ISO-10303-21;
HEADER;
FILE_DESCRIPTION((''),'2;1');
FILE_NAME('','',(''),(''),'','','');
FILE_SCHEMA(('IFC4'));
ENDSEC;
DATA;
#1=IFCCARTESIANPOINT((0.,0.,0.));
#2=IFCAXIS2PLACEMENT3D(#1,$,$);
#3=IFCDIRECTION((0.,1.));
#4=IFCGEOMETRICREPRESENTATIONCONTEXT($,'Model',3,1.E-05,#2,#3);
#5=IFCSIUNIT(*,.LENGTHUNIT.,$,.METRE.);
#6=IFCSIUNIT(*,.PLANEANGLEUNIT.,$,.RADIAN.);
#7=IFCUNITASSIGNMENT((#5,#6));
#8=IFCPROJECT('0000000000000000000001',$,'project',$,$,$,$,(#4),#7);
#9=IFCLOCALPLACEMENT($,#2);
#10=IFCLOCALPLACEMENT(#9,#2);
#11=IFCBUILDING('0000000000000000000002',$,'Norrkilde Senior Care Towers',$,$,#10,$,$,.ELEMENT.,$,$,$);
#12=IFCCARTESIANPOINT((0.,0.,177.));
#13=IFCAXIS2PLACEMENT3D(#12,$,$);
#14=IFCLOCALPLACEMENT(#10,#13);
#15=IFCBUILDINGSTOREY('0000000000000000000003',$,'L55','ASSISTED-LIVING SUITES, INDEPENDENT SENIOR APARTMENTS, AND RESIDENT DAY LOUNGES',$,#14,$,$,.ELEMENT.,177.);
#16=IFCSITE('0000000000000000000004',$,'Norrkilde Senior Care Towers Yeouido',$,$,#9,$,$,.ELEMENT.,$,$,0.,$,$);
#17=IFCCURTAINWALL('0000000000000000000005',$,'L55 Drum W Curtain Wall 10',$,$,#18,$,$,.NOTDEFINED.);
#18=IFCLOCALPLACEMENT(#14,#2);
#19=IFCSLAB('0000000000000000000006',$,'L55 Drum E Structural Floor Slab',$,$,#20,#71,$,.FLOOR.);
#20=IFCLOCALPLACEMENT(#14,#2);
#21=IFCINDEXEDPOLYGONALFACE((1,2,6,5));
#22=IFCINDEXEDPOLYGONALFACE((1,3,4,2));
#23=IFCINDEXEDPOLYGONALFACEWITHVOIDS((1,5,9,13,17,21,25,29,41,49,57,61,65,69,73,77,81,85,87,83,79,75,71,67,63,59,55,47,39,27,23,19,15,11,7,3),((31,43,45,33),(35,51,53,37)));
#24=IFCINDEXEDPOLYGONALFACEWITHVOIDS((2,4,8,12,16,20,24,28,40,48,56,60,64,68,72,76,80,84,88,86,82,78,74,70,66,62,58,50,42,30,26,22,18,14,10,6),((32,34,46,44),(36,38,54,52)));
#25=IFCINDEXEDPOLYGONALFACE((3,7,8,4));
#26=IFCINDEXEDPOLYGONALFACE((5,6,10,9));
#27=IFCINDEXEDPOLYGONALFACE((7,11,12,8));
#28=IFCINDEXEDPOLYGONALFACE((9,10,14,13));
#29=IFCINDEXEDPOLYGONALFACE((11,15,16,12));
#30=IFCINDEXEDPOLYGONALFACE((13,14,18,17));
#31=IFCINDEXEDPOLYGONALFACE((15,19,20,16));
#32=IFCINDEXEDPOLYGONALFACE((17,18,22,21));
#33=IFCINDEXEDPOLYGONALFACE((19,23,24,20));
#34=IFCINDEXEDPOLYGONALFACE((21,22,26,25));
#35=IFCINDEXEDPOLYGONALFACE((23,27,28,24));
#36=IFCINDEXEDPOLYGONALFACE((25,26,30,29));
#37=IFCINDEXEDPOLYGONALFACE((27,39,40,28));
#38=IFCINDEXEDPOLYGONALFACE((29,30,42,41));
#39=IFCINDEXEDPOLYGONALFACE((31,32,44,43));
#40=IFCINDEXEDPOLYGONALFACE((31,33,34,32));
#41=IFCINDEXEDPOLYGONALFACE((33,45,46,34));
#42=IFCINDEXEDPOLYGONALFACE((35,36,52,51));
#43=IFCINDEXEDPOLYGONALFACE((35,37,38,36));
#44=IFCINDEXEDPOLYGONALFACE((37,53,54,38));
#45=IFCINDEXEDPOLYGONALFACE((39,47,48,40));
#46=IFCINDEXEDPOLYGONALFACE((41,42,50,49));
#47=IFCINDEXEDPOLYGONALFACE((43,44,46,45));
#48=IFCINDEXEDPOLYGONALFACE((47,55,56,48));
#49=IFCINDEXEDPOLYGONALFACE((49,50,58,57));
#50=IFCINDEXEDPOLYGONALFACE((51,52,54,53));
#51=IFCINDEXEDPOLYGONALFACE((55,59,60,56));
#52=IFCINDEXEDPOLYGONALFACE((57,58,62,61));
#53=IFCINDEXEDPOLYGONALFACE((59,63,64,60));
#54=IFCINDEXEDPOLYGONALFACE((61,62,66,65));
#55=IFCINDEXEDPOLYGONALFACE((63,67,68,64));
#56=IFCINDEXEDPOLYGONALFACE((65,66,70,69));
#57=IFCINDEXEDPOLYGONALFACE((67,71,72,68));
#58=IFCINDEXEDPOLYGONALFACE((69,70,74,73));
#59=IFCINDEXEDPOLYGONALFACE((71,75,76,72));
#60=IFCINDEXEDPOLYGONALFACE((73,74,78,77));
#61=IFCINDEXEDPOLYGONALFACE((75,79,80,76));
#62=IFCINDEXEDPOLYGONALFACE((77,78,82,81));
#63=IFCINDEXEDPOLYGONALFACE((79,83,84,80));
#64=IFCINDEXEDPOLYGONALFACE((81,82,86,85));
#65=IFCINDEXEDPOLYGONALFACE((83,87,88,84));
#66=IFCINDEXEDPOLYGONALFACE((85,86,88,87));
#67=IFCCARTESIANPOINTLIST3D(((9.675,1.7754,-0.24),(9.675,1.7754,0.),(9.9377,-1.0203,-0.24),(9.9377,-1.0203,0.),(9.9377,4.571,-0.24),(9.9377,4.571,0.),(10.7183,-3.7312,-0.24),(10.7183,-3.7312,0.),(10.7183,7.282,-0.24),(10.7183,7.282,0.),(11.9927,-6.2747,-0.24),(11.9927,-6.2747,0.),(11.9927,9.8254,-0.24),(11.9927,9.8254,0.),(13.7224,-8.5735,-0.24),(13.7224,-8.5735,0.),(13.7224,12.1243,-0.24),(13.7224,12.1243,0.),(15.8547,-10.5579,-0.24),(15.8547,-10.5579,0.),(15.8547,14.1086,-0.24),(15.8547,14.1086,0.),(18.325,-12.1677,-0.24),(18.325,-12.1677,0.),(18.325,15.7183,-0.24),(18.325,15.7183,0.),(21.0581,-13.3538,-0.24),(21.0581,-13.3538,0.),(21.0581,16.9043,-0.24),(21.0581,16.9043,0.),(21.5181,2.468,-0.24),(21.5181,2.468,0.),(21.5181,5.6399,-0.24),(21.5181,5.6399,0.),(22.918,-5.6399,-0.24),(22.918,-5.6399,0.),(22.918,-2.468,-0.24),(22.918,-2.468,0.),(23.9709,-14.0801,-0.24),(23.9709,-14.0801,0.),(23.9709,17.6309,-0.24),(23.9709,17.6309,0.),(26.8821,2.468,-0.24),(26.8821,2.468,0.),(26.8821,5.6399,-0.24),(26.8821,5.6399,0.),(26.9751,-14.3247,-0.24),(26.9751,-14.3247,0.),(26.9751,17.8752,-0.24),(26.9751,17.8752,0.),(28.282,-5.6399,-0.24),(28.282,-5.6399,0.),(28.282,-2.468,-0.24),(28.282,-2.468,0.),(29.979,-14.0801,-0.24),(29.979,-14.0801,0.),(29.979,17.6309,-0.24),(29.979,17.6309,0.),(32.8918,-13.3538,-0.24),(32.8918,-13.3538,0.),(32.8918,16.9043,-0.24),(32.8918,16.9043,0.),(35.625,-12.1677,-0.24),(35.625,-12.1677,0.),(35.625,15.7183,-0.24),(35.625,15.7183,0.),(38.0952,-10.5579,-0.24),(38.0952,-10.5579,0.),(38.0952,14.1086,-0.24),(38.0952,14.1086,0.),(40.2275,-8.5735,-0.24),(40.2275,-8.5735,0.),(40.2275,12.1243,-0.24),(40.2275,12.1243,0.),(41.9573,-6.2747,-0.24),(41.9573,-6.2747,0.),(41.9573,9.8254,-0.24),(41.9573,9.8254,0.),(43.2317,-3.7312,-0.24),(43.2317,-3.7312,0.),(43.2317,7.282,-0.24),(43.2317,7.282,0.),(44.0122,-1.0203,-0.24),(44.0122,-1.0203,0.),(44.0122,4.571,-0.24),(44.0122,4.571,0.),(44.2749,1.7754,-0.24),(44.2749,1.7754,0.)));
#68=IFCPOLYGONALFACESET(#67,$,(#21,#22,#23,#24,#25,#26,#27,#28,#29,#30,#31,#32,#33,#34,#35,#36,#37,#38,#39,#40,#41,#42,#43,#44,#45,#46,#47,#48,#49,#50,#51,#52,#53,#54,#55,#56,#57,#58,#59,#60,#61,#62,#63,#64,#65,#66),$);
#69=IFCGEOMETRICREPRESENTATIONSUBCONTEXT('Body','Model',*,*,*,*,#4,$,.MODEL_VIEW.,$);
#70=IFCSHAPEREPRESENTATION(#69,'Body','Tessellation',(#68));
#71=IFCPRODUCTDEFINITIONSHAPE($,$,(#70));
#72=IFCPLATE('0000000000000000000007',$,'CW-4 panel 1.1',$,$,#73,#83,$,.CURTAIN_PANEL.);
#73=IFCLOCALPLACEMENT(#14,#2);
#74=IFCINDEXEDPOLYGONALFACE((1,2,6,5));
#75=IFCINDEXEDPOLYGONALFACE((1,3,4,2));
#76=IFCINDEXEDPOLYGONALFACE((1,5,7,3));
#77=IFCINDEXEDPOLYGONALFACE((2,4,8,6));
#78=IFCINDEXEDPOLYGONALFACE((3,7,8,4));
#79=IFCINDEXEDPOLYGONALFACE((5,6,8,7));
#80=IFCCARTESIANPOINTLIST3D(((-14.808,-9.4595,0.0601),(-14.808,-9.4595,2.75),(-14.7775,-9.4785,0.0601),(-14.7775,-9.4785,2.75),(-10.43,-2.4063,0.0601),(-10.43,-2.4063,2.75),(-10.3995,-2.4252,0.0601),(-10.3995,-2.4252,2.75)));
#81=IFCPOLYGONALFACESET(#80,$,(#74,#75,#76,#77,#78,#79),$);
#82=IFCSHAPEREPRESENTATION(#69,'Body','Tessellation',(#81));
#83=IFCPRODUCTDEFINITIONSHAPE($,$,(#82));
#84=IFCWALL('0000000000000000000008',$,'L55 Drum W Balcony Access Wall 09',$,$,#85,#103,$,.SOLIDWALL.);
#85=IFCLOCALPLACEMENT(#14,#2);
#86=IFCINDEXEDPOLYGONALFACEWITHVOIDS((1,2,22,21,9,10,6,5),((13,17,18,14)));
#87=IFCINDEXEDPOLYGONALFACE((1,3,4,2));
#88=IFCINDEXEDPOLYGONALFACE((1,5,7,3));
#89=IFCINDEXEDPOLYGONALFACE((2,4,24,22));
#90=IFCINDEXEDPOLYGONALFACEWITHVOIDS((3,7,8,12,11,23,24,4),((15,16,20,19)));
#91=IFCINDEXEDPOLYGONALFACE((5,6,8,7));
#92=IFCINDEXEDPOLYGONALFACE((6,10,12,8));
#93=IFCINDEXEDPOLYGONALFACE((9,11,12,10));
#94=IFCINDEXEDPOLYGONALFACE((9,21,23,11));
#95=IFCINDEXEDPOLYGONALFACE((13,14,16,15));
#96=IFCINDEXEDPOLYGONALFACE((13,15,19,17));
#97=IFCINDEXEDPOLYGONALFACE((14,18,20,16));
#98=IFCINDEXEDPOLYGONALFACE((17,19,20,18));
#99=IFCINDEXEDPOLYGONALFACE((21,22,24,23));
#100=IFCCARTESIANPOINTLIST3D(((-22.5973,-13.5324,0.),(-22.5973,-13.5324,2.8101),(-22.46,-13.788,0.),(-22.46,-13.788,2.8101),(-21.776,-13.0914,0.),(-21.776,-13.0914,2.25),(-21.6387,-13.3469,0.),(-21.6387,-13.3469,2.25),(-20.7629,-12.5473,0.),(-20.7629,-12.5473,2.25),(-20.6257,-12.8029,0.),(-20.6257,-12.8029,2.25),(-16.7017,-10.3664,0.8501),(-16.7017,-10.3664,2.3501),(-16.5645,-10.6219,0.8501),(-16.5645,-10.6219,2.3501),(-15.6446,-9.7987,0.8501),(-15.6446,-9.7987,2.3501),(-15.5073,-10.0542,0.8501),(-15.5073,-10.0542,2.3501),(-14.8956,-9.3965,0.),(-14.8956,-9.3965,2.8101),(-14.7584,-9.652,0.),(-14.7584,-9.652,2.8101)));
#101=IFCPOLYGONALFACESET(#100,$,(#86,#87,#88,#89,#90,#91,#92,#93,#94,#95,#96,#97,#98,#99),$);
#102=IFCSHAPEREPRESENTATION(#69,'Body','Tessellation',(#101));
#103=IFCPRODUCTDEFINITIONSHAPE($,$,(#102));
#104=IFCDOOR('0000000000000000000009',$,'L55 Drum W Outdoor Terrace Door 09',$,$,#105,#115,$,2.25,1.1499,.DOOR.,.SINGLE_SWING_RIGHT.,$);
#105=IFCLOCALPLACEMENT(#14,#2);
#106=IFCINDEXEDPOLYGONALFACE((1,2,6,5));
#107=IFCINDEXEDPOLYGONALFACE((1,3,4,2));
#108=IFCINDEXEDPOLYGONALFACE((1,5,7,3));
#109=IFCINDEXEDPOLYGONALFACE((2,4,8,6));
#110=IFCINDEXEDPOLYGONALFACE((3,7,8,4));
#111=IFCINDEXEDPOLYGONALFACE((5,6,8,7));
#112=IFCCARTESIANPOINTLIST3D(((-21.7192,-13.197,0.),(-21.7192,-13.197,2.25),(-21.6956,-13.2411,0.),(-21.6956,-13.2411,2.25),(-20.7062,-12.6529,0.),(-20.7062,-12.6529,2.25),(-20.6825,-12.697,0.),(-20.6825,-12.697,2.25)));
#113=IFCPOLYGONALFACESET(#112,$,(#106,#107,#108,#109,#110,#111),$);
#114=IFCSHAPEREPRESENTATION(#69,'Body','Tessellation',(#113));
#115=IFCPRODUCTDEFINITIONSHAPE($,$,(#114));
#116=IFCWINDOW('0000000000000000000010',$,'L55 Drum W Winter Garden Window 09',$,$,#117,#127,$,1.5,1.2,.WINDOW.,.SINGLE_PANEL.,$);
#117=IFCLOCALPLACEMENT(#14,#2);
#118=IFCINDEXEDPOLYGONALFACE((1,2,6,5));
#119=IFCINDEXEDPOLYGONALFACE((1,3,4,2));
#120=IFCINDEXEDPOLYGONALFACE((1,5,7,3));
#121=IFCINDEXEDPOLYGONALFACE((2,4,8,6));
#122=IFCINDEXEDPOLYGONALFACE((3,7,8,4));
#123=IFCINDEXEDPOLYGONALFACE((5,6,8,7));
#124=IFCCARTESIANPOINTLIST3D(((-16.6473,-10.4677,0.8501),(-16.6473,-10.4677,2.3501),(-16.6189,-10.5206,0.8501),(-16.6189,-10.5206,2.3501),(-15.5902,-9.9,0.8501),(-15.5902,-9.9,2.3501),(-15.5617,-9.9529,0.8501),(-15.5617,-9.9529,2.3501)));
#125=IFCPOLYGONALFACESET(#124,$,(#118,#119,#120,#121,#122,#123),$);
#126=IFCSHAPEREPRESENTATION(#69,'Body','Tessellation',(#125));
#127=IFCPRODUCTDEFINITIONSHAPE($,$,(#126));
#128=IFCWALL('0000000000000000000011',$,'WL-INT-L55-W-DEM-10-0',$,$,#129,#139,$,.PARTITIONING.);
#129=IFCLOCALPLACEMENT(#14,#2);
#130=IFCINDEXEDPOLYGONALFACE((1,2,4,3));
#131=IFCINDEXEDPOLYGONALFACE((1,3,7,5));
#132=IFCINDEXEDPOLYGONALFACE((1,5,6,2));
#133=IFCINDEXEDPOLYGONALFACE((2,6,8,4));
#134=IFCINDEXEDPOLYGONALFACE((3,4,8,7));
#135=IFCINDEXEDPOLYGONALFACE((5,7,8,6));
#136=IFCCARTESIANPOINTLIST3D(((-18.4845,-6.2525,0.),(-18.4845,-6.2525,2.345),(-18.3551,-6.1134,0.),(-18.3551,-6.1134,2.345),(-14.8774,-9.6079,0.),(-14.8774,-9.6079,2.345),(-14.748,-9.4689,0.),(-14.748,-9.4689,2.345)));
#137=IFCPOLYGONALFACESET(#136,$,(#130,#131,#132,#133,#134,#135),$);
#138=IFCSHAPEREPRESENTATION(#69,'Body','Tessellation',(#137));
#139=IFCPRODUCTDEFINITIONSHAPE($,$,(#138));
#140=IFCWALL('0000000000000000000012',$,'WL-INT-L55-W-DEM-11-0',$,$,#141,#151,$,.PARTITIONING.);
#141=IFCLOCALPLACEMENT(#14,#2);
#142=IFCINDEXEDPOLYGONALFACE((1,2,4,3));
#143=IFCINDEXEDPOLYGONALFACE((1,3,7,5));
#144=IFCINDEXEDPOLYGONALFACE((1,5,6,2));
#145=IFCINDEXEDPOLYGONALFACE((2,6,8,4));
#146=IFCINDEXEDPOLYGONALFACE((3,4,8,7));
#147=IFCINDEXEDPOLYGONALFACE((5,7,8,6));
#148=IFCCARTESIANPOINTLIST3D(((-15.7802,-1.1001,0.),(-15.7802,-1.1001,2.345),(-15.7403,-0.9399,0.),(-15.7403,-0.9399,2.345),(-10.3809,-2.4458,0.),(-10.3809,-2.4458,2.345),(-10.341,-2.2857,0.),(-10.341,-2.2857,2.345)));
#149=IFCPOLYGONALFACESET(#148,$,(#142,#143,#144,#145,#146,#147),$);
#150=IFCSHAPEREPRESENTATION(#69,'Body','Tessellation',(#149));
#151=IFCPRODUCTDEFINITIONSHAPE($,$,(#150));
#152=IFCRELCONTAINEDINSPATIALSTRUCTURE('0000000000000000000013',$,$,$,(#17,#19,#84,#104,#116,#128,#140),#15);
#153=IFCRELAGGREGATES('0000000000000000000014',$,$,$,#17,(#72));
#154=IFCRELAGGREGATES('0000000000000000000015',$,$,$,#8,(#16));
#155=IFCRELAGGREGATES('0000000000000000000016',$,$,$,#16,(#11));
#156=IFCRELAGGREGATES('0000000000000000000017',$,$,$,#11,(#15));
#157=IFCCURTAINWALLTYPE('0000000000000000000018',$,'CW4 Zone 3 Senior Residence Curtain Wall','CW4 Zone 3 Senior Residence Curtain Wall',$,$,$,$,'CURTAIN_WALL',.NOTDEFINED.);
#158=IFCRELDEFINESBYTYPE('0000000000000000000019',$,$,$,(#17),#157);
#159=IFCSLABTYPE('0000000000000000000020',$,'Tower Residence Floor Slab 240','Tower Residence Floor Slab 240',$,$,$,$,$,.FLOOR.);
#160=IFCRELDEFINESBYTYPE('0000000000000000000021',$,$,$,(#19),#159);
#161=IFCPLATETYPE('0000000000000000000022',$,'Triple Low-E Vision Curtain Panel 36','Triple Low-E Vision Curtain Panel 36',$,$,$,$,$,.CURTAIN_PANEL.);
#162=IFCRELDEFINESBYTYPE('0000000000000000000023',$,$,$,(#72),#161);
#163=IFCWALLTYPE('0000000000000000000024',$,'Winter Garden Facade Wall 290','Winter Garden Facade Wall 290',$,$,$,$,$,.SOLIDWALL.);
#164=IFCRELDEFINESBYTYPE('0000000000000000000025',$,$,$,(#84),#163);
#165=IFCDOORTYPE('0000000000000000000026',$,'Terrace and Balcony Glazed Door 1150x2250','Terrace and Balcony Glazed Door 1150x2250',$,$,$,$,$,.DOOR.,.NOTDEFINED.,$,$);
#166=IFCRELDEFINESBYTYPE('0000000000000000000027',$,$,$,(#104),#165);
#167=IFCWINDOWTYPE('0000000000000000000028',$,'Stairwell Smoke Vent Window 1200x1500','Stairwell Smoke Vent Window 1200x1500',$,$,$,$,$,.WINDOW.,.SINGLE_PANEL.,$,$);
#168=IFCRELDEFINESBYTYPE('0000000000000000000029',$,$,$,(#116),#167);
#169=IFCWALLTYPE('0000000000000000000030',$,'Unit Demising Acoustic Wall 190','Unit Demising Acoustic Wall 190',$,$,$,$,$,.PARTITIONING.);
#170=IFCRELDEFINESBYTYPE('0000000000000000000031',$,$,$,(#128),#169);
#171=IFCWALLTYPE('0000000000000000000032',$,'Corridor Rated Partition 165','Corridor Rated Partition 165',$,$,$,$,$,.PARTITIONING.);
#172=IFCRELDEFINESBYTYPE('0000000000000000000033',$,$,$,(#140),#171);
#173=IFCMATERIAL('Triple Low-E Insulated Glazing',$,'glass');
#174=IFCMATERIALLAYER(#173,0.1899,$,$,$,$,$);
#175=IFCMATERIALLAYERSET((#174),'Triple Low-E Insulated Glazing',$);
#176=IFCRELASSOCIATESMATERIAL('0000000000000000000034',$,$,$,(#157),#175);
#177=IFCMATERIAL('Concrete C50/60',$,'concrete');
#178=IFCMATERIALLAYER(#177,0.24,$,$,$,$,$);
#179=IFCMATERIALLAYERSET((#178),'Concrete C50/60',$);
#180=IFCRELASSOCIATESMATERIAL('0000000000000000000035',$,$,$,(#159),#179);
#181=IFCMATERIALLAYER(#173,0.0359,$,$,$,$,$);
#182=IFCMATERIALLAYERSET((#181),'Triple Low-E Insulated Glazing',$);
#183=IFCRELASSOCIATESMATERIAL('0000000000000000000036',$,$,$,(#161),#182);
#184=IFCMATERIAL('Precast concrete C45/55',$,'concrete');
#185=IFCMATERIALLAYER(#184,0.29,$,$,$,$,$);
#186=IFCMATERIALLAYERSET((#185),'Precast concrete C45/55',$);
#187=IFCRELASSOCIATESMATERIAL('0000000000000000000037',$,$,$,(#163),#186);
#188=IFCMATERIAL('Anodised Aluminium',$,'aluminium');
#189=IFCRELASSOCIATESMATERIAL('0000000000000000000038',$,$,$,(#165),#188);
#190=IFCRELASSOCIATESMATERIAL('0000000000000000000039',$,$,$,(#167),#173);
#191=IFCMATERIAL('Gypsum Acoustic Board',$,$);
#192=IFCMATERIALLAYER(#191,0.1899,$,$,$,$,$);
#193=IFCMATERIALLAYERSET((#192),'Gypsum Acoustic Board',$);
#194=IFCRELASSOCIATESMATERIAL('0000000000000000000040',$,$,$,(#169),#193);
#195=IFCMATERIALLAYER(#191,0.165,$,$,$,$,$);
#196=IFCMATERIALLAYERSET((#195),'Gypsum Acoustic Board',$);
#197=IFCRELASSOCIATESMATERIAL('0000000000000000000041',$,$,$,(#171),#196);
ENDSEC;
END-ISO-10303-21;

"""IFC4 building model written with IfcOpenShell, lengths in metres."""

from ifc_helpers import new_model, si_unit, direction, frame, frame_2d, origin, origin_2d, place, context, subcontext, project, spatial, polyline, rectangle, outline, extrude, source, transform, mapped, material, layer, layer_set, type_object, type_shapes, element, fill, aggregate, save


model = new_model("IFC4")

# Units and contexts
model_context = context("Model", 3, precision=1e-05, world=origin(), true_north=direction((0.0, 1.0)))
body_context = subcontext(model_context, "Body", "Model", "MODEL_VIEW")
ifc_project = project(units=[si_unit("LENGTHUNIT", "METRE"), si_unit("PLANEANGLEUNIT", "RADIAN")], contexts=[model_context])

# Site, building, storey
site_placement = place(None, origin())
site = spatial("IfcSite", under=ifc_project, at=site_placement, Name="Norrkilde Senior Care Towers Yeouido", CompositionType="ELEMENT", RefElevation=0.0)
building_placement = place(site_placement, origin())
building = spatial("IfcBuilding", under=site, at=building_placement, Name="Norrkilde Senior Care Towers", CompositionType="ELEMENT")
storey_placement = place(building_placement, frame((0.0, 0.0, 177.0)))
storey = spatial("IfcBuildingStorey", under=building, at=storey_placement, Name="L55", Description="ASSISTED-LIVING SUITES, INDEPENDENT SENIOR APARTMENTS, AND RESIDENT DAY LOUNGES", CompositionType="ELEMENT", Elevation=177.0)

# Shared definitions
ifc_material_1 = material(Name="Concrete C50/60", Category="concrete")

# Curtain wall
ifc_material_2 = material(Name="Triple Low-E Insulated Glazing", Category="glass")
ifc_layer_1 = layer(ifc_material_2, 0.1899)
ifc_layer_set_1 = layer_set([ifc_layer_1], Name="Triple Low-E Insulated Glazing")
curtain_wall_type = type_object("IfcCurtainWallType", Name="CW4 Zone 3 Senior Residence Curtain Wall", Description="CW4 Zone 3 Senior Residence Curtain Wall", ElementType="CURTAIN_WALL", PredefinedType="NOTDEFINED", material=ifc_layer_set_1)
curtain_wall_1_placement = place(storey_placement, origin())
curtain_wall_1 = element("IfcCurtainWall", 1, at=curtain_wall_1_placement, inside=storey, type_object=curtain_wall_type, Name="L55 Drum W Curtain Wall 10", PredefinedType="NOTDEFINED")
ifc_material_3 = material(Name="Anodised Aluminium", Category="aluminium")

# Slab
ifc_layer_2 = layer(ifc_material_1, 0.24)
ifc_layer_set_2 = layer_set([ifc_layer_2], Name="Concrete C50/60")
slab_type_1 = type_object("IfcSlabType", Name="Tower Residence Floor Slab 240", Description="Tower Residence Floor Slab 240", PredefinedType="FLOOR", material=ifc_layer_set_2)
slab_1_placement = place(storey_placement, frame((0.0, 0.0, -0.24)))
element("IfcSlab", 2, at=slab_1_placement, inside=storey, type_object=slab_type_1, Name="L55 Drum E Structural Floor Slab", PredefinedType="FLOOR", context=body_context, shape_type="SweptSolid", body=[
    extrude(outline(polyline([(43.2317, -3.7312), (41.9573, -6.2747), (40.2275, -8.5735), (38.0952, -10.5579), (35.625, -12.1677), (32.8918, -13.3538), (29.979, -14.0801), (26.9751, -14.3247), (23.9709, -14.0801), (21.0581, -13.3538), (18.325, -12.1677), (15.8547, -10.5579), (13.7224, -8.5735), (11.9927, -6.2747), (10.7183, -3.7312), (9.9377, -1.0203), (9.675, 1.7754), (9.9377, 4.571), (10.7183, 7.282), (11.9927, 9.8254), (13.7224, 12.1243), (15.8547, 14.1086), (18.325, 15.7183), (21.0581, 16.9043), (23.9709, 17.6309), (26.9751, 17.8752), (29.979, 17.6309), (32.8918, 16.9043), (35.625, 15.7183), (38.0952, 14.1086), (40.2275, 12.1243), (41.9573, 9.8254), (43.2317, 7.282), (44.0122, 4.571), (44.2749, 1.7754), (44.0122, -1.0203), (43.2317, -3.7312)]), holes=[polyline([(21.5181, 2.468), (26.8821, 2.468), (26.8821, 5.6399), (21.5181, 5.6399), (21.5181, 2.468)]), polyline([(28.282, -5.6399), (28.282, -2.468), (22.918, -2.468), (22.918, -5.6399), (28.282, -5.6399)])]), origin(), (0.0, 0.0, 1.0), 0.24),
])

# Plate
ifc_layer_3 = layer(ifc_material_2, 0.0359)
ifc_layer_set_3 = layer_set([ifc_layer_3], Name="Triple Low-E Insulated Glazing")
plate_type = type_object("IfcPlateType", Name="Triple Low-E Vision Curtain Panel 36", Description="Triple Low-E Vision Curtain Panel 36", PredefinedType="CURTAIN_PANEL", material=ifc_layer_set_3)
shared_shape_1 = source(origin(), body_context, "Body", "SweptSolid", [
    extrude(rectangle(XDim=8.3015, YDim=0.0359, at=origin_2d()), origin(), (0.0, 0.0, 1.0), 2.6899),
])
type_shapes(plate_type, [shared_shape_1])
plate_placement = place(storey_placement, frame((-12.6038, -5.9424, 0.0601), z_axis=(0.0, 0.0, 1.0), x_axis=(-0.527373, -0.849634, 0.0)))
plate = element("IfcPlate", 3, at=plate_placement, type_object=plate_type, Name="CW-4 panel 1.1", PredefinedType="CURTAIN_PANEL", context=body_context, shape_type="MappedRepresentation", body=[
    mapped(shared_shape_1, transform((0.0, 0.0, 0.0), x_axis=(1.0, 0.0, 0.0), y_axis=(0.0, 1.0, 0.0), z_axis=(0.0, 0.0, 1.0), scale=1.0)),
])
aggregate(curtain_wall_1, [plate])

# Wall, openings, door, window
ifc_material_4 = material(Name="Precast concrete C45/55", Category="concrete")
ifc_layer_4 = layer(ifc_material_4, 0.29)
ifc_layer_set_4 = layer_set([ifc_layer_4], Name="Precast concrete C45/55")
wall_type_1 = type_object("IfcWallType", Name="Winter Garden Facade Wall 290", Description="Winter Garden Facade Wall 290", PredefinedType="SOLIDWALL", material=ifc_layer_set_4)
shared_shape_2 = source(origin(), body_context, "Body", "SweptSolid", [
    extrude(rectangle(XDim=8.7419, YDim=0.29, at=frame_2d((4.3711, 0.0))), origin(), (0.0, 0.0, 1.0), 2.8101),
])
type_shapes(wall_type_1, [shared_shape_2])
wall_1_placement = place(storey_placement, frame((-14.8269, -9.5242, 0.0), z_axis=(0.0, 0.0, 1.0), x_axis=(-0.880999, -0.473119, 0.0)))
wall_1 = element("IfcWall", 4, at=wall_1_placement, inside=storey, type_object=wall_type_1, Name="L55 Drum W Balcony Access Wall 09", PredefinedType="SOLIDWALL", context=body_context, shape_type="MappedRepresentation", body=[
    mapped(shared_shape_2, transform((0.0, 0.0, 0.0), x_axis=(1.0, 0.0, 0.0), y_axis=(0.0, 1.0, 0.0), z_axis=(0.0, 0.0, 1.0), scale=1.0)),
])
opening_1_placement = place(wall_1_placement, frame((6.6599, 0.0, 0.0)))
opening_1 = element("IfcOpeningElement", 5, at=opening_1_placement, cuts=wall_1, PredefinedType="OPENING", context=body_context, shape_type="SweptSolid", body=[
    extrude(rectangle(XDim=1.1499, YDim=2.25, at=frame_2d((0.575, 1.125))), frame((0.0, 0.155, 0.0), z_axis=(0.0, -1.0, 0.0), x_axis=(1.0, 0.0, 0.0)), (0.0, 0.0, 1.0), 0.3101),
])
opening_2_placement = place(wall_1_placement, frame((0.8501, 0.0, 0.8501)))
opening_2 = element("IfcOpeningElement", 6, at=opening_2_placement, cuts=wall_1, PredefinedType="OPENING", context=body_context, shape_type="SweptSolid", body=[
    extrude(rectangle(XDim=1.2, YDim=1.5, at=frame_2d((0.6001, 0.75))), frame((0.0, 0.155, 0.0), z_axis=(0.0, -1.0, 0.0), x_axis=(1.0, 0.0, 0.0)), (0.0, 0.0, 1.0), 0.3101),
])
door_type = type_object("IfcDoorType", Name="Terrace and Balcony Glazed Door 1150x2250", Description="Terrace and Balcony Glazed Door 1150x2250", OperationType="NOTDEFINED", PredefinedType="DOOR", material=ifc_material_3)
shared_shape_3 = source(origin(), body_context, "Body", "SweptSolid", [
    extrude(rectangle(XDim=1.1499, YDim=2.25, at=frame_2d((0.575, 1.125))), frame((0.0, 0.0249, 0.0), z_axis=(0.0, -1.0, 0.0), x_axis=(1.0, 0.0, 0.0)), (0.0, 0.0, 1.0), 0.05),
])
type_shapes(door_type, [shared_shape_3])
door_placement = place(opening_1_placement, origin())
door = element("IfcDoor", 7, at=door_placement, inside=storey, type_object=door_type, Name="L55 Drum W Outdoor Terrace Door 09", OperationType="SINGLE_SWING_RIGHT", OverallHeight=2.25, OverallWidth=1.1499, PredefinedType="DOOR", context=body_context, shape_type="MappedRepresentation", body=[
    mapped(shared_shape_3, transform((0.0, 0.0, 0.0), x_axis=(1.0, 0.0, 0.0), y_axis=(0.0, 1.0, 0.0), z_axis=(0.0, 0.0, 1.0), scale=1.0)),
])
fill(opening_1, door)
window_type = type_object("IfcWindowType", Name="Stairwell Smoke Vent Window 1200x1500", Description="Stairwell Smoke Vent Window 1200x1500", PartitioningType="SINGLE_PANEL", PredefinedType="WINDOW", material=ifc_material_2)
shared_shape_4 = source(origin(), body_context, "Body", "SweptSolid", [
    extrude(rectangle(XDim=1.2, YDim=1.5, at=frame_2d((0.6001, 0.75))), frame((0.0, 0.03, 0.0), z_axis=(0.0, -1.0, 0.0), x_axis=(1.0, 0.0, 0.0)), (0.0, 0.0, 1.0), 0.0601),
])
type_shapes(window_type, [shared_shape_4])
window_placement = place(opening_2_placement, origin())
window = element("IfcWindow", 8, at=window_placement, inside=storey, type_object=window_type, Name="L55 Drum W Winter Garden Window 09", OverallHeight=1.5, OverallWidth=1.2, PartitioningType="SINGLE_PANEL", PredefinedType="WINDOW", context=body_context, shape_type="MappedRepresentation", body=[
    mapped(shared_shape_4, transform((0.0, 0.0, 0.0), x_axis=(1.0, 0.0, 0.0), y_axis=(0.0, 1.0, 0.0), z_axis=(0.0, 0.0, 1.0), scale=1.0)),
])
fill(opening_2, window)

# Walls
ifc_material_5 = material(Name="Gypsum Acoustic Board")
ifc_layer_5 = layer(ifc_material_5, 0.1899)
ifc_layer_set_5 = layer_set([ifc_layer_5], Name="Gypsum Acoustic Board")
wall_type_2 = type_object("IfcWallType", Name="Unit Demising Acoustic Wall 190", Description="Unit Demising Acoustic Wall 190", PredefinedType="PARTITIONING", material=ifc_layer_set_5)
shared_shape_5 = source(origin(), body_context, "Body", "SweptSolid", [
    extrude(rectangle(XDim=4.9265, YDim=0.1899, at=frame_2d((2.4634, 0.0))), origin(), (0.0, 0.0, 1.0), 2.345),
])
type_shapes(wall_type_2, [shared_shape_5])
wall_2_placement = place(storey_placement, frame((-18.4199, -6.1829, 0.0), z_axis=(0.0, 0.0, 1.0), x_axis=(0.732191, -0.681099, 0.0)))
element("IfcWall", 9, at=wall_2_placement, inside=storey, type_object=wall_type_2, Name="WL-INT-L55-W-DEM-10-0", PredefinedType="PARTITIONING", context=body_context, shape_type="MappedRepresentation", body=[
    mapped(shared_shape_5, transform((0.0, 0.0, 0.0), x_axis=(1.0, 0.0, 0.0), y_axis=(0.0, 1.0, 0.0), z_axis=(0.0, 0.0, 1.0), scale=1.0)),
])
ifc_layer_6 = layer(ifc_material_5, 0.165)
ifc_layer_set_6 = layer_set([ifc_layer_6], Name="Gypsum Acoustic Board")
wall_type_3 = type_object("IfcWallType", Name="Corridor Rated Partition 165", Description="Corridor Rated Partition 165", PredefinedType="PARTITIONING", material=ifc_layer_set_6)
shared_shape_6 = source(origin(), body_context, "Body", "SweptSolid", [
    extrude(rectangle(XDim=5.5645, YDim=0.165, at=frame_2d((2.7822, 0.0))), origin(), (0.0, 0.0, 1.0), 2.345),
])
wall_3_placement = place(storey_placement, frame((-15.7603, -1.02, 0.0), z_axis=(0.0, 0.0, 1.0), x_axis=(0.970315, -0.241844, 0.0)))
element("IfcWall", 10, at=wall_3_placement, inside=storey, type_object=wall_type_3, Name="WL-INT-L55-W-DEM-11-0", PredefinedType="PARTITIONING", context=body_context, shape_type="MappedRepresentation", body=[
    mapped(shared_shape_6, transform((0.0, 0.0, 0.0), x_axis=(1.0, 0.0, 0.0), y_axis=(0.0, 1.0, 0.0), z_axis=(0.0, 0.0, 1.0), scale=1.0)),
])

save(model, "model.ifc")
